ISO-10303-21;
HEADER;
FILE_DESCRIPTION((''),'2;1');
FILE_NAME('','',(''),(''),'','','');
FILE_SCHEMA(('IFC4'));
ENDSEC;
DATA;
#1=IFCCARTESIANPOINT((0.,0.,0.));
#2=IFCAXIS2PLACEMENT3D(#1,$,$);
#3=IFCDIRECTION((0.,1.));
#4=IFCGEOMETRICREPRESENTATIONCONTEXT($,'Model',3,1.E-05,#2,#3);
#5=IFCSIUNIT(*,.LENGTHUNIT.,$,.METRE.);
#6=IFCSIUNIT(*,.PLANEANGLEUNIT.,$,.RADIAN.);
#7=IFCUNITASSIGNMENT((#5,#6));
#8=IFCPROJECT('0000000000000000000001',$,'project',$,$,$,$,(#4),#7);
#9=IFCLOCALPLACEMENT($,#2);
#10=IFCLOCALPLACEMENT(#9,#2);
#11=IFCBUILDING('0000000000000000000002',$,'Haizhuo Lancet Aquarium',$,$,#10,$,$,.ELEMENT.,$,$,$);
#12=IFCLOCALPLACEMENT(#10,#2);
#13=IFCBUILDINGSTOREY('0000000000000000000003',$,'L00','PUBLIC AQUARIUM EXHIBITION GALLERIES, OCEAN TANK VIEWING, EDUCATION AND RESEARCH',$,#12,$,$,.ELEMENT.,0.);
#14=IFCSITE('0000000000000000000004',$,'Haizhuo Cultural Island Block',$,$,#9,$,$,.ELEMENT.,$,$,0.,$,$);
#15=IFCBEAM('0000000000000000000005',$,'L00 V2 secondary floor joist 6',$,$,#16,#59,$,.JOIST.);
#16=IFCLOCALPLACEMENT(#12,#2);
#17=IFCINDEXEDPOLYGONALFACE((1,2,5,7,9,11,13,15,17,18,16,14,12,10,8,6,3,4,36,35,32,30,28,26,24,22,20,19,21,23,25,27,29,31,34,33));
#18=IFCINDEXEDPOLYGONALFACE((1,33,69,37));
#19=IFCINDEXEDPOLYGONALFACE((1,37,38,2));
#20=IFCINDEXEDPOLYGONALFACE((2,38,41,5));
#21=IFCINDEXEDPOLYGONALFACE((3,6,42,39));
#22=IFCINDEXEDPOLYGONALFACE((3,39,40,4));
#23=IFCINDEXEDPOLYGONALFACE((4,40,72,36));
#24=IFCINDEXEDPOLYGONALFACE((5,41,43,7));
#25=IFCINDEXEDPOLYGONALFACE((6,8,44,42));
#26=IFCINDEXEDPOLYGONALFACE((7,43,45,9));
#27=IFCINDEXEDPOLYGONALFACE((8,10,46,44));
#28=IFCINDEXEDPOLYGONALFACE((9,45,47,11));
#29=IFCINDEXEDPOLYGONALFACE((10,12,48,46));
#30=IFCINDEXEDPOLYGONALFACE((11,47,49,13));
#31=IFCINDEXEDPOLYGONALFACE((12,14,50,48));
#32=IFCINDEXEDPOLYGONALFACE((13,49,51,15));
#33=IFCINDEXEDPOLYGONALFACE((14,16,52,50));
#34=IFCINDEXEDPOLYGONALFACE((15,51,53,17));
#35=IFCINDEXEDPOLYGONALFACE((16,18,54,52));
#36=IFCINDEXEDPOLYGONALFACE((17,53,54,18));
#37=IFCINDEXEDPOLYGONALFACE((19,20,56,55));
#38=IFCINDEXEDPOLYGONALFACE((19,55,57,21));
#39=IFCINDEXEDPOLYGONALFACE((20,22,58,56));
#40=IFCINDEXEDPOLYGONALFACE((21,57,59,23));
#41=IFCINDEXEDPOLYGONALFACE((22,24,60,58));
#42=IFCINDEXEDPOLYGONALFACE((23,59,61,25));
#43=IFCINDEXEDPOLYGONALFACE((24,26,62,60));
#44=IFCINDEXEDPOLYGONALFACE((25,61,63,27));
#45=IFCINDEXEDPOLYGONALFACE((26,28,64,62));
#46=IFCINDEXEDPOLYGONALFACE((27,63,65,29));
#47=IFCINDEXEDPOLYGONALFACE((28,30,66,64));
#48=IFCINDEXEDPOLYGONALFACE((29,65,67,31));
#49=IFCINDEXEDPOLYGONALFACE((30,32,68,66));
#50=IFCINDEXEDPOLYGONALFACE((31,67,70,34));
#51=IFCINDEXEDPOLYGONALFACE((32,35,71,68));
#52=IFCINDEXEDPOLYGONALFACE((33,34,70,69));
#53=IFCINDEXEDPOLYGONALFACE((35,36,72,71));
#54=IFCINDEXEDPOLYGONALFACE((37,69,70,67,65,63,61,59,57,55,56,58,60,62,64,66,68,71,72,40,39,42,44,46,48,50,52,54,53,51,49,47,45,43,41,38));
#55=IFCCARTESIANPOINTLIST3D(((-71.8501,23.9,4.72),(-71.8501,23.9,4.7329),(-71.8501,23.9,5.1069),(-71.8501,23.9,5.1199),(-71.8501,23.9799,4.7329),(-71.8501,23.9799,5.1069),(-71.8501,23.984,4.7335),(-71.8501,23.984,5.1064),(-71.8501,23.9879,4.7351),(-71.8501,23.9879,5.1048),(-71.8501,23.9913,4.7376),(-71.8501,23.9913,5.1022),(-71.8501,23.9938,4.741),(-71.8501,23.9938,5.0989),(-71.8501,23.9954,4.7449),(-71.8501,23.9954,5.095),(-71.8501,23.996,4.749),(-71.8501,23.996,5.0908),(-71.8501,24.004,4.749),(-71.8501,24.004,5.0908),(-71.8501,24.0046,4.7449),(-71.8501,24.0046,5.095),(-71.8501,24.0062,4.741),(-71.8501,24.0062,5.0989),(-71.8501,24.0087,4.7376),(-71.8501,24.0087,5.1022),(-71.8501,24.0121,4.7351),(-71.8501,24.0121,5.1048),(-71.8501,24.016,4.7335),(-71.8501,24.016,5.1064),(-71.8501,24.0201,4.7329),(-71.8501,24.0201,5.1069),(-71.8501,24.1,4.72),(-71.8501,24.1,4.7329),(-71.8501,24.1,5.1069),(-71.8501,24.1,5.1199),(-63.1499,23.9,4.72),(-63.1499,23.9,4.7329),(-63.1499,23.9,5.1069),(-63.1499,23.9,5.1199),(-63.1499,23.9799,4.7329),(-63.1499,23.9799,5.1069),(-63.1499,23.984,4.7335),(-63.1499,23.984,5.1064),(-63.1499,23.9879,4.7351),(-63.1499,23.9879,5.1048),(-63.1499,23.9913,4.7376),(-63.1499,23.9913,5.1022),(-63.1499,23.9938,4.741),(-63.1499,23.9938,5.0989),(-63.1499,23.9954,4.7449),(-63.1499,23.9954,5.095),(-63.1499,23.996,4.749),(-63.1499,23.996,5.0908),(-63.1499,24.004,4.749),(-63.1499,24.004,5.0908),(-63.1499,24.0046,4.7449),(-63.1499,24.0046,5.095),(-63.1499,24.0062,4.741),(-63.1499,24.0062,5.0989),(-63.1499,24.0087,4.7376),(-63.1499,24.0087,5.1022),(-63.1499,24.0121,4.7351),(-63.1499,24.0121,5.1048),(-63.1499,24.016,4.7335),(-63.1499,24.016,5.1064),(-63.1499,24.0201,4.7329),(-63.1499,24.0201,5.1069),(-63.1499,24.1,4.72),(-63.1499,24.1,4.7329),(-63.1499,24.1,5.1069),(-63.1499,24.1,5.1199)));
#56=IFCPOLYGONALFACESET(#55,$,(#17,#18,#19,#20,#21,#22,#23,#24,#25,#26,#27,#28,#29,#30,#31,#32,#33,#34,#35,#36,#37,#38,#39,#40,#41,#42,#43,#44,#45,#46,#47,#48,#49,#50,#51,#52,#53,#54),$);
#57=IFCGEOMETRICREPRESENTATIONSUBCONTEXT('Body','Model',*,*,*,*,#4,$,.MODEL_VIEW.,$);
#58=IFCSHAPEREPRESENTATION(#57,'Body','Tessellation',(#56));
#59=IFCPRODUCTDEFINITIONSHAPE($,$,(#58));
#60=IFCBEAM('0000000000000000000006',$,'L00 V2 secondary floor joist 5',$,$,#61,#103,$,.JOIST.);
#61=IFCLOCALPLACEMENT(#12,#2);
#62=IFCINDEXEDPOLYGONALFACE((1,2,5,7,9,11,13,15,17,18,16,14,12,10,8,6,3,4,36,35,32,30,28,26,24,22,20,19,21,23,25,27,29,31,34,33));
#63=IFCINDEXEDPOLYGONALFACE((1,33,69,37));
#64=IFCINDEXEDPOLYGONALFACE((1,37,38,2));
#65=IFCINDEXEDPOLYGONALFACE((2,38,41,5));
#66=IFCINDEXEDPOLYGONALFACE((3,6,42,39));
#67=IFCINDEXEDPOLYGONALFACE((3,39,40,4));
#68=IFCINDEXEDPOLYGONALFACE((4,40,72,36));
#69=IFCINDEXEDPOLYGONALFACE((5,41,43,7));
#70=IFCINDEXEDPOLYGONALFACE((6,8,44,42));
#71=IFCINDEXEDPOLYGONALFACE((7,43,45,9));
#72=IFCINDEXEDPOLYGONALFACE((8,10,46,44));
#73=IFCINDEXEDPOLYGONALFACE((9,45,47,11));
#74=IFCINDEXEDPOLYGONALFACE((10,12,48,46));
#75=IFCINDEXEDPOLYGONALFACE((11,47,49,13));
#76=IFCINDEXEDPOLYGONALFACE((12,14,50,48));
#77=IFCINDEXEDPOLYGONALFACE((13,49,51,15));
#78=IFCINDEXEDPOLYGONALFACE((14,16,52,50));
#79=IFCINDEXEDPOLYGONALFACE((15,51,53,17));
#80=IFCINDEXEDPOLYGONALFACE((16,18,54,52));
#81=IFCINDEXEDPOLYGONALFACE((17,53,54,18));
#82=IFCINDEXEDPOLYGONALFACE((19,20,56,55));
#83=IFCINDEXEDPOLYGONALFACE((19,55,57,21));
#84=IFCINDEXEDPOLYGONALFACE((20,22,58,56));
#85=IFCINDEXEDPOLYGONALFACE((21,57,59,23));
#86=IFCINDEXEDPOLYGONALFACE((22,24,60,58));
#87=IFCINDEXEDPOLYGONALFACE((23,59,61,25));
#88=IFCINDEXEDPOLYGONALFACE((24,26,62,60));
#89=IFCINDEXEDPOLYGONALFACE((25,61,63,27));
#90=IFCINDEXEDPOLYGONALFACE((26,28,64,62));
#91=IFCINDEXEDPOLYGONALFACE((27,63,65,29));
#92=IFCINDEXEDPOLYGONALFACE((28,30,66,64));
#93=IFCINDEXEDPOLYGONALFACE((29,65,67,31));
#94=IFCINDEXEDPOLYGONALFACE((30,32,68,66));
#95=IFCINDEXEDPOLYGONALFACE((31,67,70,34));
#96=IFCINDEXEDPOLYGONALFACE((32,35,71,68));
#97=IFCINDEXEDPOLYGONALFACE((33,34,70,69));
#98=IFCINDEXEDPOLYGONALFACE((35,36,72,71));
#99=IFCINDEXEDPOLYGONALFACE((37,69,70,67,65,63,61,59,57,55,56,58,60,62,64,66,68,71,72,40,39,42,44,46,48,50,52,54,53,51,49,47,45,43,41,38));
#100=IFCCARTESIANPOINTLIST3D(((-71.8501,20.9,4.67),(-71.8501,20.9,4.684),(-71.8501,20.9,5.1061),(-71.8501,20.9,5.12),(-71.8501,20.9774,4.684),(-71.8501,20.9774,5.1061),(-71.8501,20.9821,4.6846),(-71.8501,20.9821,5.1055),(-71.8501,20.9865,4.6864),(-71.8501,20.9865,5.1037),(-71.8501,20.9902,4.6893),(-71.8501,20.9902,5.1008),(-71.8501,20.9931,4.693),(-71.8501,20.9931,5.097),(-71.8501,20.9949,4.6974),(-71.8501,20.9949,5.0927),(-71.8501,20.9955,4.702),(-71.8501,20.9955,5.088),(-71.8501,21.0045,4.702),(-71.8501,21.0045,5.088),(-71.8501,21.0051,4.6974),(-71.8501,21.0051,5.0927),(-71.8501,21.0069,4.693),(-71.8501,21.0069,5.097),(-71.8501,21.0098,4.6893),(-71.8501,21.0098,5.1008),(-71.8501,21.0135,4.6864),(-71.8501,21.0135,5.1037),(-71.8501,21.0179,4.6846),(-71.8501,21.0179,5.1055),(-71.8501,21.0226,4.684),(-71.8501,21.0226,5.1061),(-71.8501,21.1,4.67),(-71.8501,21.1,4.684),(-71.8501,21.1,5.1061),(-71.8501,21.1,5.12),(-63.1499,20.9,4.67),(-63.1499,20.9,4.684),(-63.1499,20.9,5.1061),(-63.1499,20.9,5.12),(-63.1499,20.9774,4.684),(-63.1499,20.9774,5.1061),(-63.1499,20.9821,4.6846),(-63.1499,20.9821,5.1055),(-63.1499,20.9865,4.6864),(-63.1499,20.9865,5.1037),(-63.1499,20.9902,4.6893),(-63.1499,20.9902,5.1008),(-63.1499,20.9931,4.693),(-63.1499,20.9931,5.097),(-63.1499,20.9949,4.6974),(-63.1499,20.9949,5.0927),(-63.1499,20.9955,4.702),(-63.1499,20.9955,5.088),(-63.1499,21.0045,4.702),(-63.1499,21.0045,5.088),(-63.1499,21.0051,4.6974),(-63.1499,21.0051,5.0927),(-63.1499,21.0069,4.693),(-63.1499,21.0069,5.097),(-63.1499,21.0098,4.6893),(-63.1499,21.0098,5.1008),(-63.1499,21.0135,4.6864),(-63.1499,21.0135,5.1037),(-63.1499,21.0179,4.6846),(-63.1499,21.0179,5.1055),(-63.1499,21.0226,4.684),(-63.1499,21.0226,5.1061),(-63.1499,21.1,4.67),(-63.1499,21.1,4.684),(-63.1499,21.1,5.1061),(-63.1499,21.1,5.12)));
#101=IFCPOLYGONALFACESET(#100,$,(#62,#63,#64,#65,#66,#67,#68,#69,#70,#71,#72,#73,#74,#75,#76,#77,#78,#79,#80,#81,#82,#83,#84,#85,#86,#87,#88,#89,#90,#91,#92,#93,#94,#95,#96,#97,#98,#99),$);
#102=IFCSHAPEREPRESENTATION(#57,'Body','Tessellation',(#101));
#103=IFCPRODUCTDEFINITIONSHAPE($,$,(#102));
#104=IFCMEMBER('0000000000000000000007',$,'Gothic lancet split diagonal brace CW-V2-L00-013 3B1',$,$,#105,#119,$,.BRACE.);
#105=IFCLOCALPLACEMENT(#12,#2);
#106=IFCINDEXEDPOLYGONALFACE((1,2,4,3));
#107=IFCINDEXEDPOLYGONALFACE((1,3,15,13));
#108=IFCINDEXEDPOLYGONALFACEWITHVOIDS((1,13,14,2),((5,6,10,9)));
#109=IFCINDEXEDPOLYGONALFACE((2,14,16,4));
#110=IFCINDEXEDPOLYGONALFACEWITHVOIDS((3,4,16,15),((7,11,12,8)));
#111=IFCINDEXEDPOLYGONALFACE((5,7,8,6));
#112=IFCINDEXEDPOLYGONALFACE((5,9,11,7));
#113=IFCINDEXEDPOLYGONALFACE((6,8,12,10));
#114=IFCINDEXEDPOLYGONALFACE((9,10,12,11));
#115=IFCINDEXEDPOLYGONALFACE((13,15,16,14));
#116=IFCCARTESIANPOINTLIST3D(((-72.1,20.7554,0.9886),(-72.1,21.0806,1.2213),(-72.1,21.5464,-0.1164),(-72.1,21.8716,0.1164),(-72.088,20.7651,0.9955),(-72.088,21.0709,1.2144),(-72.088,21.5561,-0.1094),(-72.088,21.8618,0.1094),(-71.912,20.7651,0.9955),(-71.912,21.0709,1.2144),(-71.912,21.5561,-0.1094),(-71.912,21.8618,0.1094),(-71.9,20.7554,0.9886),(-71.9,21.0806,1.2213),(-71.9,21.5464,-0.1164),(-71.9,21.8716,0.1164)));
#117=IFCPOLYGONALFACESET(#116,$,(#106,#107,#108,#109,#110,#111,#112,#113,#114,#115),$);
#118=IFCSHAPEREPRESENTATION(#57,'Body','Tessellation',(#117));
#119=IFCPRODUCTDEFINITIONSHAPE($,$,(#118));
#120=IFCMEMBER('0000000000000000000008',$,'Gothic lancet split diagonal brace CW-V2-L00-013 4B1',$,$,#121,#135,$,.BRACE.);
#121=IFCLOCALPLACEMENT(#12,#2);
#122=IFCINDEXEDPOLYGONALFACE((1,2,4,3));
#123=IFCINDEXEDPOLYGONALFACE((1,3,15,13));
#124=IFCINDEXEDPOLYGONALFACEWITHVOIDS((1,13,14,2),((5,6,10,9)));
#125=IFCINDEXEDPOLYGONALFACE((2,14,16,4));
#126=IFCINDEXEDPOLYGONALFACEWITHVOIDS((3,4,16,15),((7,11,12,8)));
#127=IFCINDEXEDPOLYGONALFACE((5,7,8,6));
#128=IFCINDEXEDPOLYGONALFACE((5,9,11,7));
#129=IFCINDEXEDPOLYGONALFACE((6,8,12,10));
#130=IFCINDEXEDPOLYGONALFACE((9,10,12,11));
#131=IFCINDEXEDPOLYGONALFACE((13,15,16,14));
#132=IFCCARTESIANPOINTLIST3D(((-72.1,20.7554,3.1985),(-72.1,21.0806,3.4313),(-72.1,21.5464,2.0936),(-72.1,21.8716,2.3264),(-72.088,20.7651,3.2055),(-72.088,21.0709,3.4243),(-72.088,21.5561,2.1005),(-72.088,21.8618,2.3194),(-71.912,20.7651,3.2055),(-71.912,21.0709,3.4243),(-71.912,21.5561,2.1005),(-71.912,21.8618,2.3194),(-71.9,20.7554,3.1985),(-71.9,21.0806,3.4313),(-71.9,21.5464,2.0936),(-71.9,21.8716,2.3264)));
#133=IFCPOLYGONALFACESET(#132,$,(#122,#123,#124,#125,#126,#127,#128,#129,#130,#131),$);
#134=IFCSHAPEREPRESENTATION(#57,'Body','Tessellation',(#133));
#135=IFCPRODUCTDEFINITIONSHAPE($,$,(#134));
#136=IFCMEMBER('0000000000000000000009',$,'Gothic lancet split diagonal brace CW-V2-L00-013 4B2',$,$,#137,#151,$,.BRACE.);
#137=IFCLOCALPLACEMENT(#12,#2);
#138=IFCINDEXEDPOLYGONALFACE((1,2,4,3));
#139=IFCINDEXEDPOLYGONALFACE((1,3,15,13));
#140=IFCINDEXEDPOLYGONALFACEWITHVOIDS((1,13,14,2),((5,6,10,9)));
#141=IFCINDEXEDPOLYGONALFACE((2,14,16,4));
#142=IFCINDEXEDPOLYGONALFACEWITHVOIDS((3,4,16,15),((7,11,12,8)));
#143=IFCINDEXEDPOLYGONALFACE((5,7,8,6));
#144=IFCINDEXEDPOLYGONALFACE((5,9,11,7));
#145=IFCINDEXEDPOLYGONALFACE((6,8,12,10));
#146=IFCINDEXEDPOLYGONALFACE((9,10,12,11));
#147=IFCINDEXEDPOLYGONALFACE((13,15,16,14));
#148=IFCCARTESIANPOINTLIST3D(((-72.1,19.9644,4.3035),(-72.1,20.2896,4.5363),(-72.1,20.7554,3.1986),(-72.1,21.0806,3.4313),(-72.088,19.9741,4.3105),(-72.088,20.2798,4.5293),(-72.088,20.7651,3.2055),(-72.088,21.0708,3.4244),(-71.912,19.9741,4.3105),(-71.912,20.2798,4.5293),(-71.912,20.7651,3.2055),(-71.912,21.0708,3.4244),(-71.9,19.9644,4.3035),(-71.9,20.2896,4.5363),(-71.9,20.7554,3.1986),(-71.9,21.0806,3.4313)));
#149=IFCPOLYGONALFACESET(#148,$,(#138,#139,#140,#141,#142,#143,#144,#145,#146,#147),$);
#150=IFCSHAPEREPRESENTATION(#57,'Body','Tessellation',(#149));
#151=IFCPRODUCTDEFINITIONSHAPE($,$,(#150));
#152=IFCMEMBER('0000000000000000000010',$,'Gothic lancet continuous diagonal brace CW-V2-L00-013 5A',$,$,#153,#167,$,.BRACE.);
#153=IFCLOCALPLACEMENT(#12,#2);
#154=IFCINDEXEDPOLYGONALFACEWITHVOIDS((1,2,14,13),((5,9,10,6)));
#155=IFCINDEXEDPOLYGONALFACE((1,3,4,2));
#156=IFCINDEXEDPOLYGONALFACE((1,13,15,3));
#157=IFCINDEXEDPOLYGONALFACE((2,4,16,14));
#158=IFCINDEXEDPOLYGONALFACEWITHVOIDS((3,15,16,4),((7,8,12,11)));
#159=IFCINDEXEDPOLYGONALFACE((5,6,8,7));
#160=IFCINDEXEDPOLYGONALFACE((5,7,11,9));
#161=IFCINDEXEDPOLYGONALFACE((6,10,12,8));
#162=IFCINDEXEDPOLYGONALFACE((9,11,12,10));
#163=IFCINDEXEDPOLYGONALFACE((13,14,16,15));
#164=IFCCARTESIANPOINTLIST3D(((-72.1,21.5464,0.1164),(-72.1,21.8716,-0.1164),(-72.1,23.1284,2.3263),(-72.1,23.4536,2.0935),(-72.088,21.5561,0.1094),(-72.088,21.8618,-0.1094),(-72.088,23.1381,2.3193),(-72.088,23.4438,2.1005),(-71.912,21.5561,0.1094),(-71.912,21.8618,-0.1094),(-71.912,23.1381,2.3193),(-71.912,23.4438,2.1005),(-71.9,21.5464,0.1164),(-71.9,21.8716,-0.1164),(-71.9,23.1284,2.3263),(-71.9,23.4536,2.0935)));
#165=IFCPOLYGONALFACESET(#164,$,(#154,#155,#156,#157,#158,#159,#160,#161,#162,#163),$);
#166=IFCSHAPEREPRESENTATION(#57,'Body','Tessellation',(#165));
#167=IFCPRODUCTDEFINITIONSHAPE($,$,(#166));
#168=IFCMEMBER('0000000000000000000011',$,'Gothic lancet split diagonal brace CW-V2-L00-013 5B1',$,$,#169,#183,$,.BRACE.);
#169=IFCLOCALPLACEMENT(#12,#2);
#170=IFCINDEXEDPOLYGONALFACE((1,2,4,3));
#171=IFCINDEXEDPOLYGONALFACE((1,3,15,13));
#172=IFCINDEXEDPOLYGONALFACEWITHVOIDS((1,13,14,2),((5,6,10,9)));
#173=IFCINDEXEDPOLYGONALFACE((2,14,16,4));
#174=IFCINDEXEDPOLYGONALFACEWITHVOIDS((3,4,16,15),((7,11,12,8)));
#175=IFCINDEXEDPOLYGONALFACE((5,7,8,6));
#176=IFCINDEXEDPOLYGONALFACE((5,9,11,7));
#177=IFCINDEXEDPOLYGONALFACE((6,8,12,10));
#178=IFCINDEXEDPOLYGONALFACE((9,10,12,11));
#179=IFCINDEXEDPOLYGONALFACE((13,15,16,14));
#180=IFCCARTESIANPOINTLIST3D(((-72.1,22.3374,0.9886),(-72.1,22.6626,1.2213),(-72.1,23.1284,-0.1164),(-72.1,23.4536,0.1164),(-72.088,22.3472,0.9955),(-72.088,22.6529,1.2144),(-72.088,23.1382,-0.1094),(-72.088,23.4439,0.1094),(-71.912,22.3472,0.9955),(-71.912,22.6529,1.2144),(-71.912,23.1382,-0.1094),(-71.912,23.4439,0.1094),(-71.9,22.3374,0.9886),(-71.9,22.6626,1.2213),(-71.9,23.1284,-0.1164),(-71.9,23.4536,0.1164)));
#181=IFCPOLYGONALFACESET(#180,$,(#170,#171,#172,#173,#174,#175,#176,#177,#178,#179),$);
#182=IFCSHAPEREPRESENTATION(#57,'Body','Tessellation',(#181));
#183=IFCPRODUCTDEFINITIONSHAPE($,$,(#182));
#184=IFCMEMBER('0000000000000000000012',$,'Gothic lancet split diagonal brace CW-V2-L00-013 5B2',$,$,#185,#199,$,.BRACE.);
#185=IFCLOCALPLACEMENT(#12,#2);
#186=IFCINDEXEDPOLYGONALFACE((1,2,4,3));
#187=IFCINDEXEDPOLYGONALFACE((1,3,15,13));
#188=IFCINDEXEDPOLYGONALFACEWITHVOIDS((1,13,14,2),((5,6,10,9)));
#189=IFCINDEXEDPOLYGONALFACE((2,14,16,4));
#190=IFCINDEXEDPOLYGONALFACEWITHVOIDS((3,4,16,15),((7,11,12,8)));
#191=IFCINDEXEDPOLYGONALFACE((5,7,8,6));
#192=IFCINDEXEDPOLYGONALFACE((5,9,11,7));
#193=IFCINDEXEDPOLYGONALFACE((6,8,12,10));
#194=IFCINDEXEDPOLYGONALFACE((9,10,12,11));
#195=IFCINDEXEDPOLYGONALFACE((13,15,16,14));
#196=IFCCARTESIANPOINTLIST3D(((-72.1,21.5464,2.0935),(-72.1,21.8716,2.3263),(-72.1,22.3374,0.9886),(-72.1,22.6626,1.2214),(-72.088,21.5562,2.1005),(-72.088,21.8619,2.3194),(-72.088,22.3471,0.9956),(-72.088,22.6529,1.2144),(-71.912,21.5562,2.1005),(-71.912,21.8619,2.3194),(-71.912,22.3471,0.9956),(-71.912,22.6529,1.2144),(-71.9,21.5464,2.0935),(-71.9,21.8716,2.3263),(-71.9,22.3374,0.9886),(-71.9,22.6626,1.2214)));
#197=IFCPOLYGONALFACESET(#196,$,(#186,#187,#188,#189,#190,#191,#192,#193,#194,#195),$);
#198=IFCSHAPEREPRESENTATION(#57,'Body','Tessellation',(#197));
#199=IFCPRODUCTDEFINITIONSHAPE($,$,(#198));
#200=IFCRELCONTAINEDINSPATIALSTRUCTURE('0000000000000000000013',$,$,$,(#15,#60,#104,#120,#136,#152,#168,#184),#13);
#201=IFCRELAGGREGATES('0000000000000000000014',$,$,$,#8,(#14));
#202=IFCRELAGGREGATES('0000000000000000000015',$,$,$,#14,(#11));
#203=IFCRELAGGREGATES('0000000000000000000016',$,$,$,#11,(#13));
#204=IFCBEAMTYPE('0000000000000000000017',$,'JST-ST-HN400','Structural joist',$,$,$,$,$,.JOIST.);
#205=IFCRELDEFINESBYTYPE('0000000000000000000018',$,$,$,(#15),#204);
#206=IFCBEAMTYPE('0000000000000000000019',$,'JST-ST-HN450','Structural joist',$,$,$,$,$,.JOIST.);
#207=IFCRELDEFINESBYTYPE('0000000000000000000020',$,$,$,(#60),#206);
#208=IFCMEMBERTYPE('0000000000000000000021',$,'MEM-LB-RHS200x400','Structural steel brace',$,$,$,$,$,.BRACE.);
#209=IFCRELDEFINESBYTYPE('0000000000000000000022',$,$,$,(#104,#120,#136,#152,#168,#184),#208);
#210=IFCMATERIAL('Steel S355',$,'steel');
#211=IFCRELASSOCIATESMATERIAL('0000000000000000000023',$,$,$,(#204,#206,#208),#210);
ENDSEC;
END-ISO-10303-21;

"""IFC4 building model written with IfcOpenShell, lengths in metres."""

from ifc_helpers import new_model, si_unit, direction, frame, origin, origin_2d, place, context, subcontext, project, spatial, hollow_rectangle, i_section, extrude, material, material_profile, profile_set, type_object, element, save


model = new_model("IFC4")

# Units and contexts
model_context = context("Model", 3, precision=1e-05, world=origin(), true_north=direction((0.0, 1.0)))
body_context = subcontext(model_context, "Body", "Model", "MODEL_VIEW")
ifc_project = project(units=[si_unit("LENGTHUNIT", "METRE"), si_unit("PLANEANGLEUNIT", "RADIAN")], contexts=[model_context])

# Site, building, storey
site_placement = place(None, origin())
site = spatial("IfcSite", under=ifc_project, at=site_placement, Name="Haizhuo Cultural Island Block", CompositionType="ELEMENT", RefElevation=0.0)
building_placement = place(site_placement, origin())
building = spatial("IfcBuilding", under=site, at=building_placement, Name="Haizhuo Lancet Aquarium", CompositionType="ELEMENT")
storey_placement = place(building_placement, origin())
storey = spatial("IfcBuildingStorey", under=building, at=storey_placement, Name="L00", Description="PUBLIC AQUARIUM EXHIBITION GALLERIES, OCEAN TANK VIEWING, EDUCATION AND RESEARCH", CompositionType="ELEMENT", Elevation=0.0)

# Beams
ifc_material_1 = material(Name="Steel S355", Category="steel")
ifc_material_profile_1 = material_profile(ifc_material_1, i_section(OverallWidth=0.2, OverallDepth=0.3999, WebThickness=0.0081, FlangeThickness=0.0129, FilletRadius=0.0161, at=origin_2d()), Name="HN 400x200x8x13")
ifc_profile_set_1 = profile_set([ifc_material_profile_1], Name="Steel S355")
beam_type_1 = type_object("IfcBeamType", Name="JST-ST-HN400", Description="Structural joist", PredefinedType="JOIST", material=ifc_profile_set_1)
beam_1_placement = place(storey_placement, frame((-71.8501, 24.0, 4.9199), z_axis=(1.0, 0.0, 0.0), x_axis=(0.0, 1.0, 0.0)))
element("IfcBeam", 1, at=beam_1_placement, inside=storey, type_object=beam_type_1, Name="L00 V2 secondary floor joist 6", PredefinedType="JOIST", context=body_context, shape_type="SweptSolid", body=[
    extrude(i_section(OverallWidth=0.2, OverallDepth=0.3999, WebThickness=0.0081, FlangeThickness=0.0129, FilletRadius=0.0161, at=origin_2d()), origin(), (0.0, 0.0, 1.0), 8.7002),
])
ifc_material_profile_2 = material_profile(ifc_material_1, i_section(OverallWidth=0.2, OverallDepth=0.45, WebThickness=0.009, FlangeThickness=0.0139, FilletRadius=0.0181, at=origin_2d()), Name="HN 450x200x9x14")
ifc_profile_set_2 = profile_set([ifc_material_profile_2], Name="Steel S355")
beam_type_2 = type_object("IfcBeamType", Name="JST-ST-HN450", Description="Structural joist", PredefinedType="JOIST", material=ifc_profile_set_2)
beam_2_placement = place(storey_placement, frame((-71.8501, 21.0, 4.895), z_axis=(1.0, 0.0, 0.0), x_axis=(0.0, 1.0, 0.0)))
element("IfcBeam", 2, at=beam_2_placement, inside=storey, type_object=beam_type_2, Name="L00 V2 secondary floor joist 5", PredefinedType="JOIST", context=body_context, shape_type="SweptSolid", body=[
    extrude(i_section(OverallWidth=0.2, OverallDepth=0.45, WebThickness=0.009, FlangeThickness=0.0139, FilletRadius=0.0181, at=origin_2d()), origin(), (0.0, 0.0, 1.0), 8.7002),
])

# Members
ifc_material_profile_3 = material_profile(ifc_material_1, hollow_rectangle(XDim=0.2, YDim=0.3999, WallThickness=0.012, at=origin_2d()), Name="RHS 200x400x12")
ifc_profile_set_3 = profile_set([ifc_material_profile_3], Name="Steel S355")
member_type_1 = type_object("IfcMemberType", Name="MEM-LB-RHS200x400", Description="Structural steel brace", PredefinedType="BRACE", material=ifc_profile_set_3)
for number, where, z_axis, x_axis, name in (
    (3, (-72.0, 21.709, 0.0), (0.0, -0.582088, 0.813126), (1.0, 0.0, 0.0), "Gothic lancet split diagonal brace CW-V2-L00-013 3B1"),
    (4, (-72.0, 21.709, 2.21), (0.0, -0.582088, 0.813126), (1.0, 0.0, 0.0), "Gothic lancet split diagonal brace CW-V2-L00-013 4B1"),
    (5, (-72.0, 20.918, 3.3149), (0.0, -0.582088, 0.813126), (1.0, 0.0, 0.0), "Gothic lancet split diagonal brace CW-V2-L00-013 4B2"),
):
    element("IfcMember", number, at=place(storey_placement, frame(where, z_axis=z_axis, x_axis=x_axis)), inside=storey, type_object=member_type_1, Name=name, PredefinedType="BRACE", context=body_context, shape_type="SweptSolid", body=[
        extrude(hollow_rectangle(XDim=0.2, YDim=0.3999, WallThickness=0.012, at=origin_2d()), origin(), (0.0, 0.0, 1.0), 1.3589),
    ])
member_1_placement = place(storey_placement, frame((-72.0, 21.709, 0.0), z_axis=(0.0, 0.582088, 0.813126), x_axis=(-1.0, 0.0, 0.0)))
element("IfcMember", 6, at=member_1_placement, inside=storey, type_object=member_type_1, Name="Gothic lancet continuous diagonal brace CW-V2-L00-013 5A", PredefinedType="BRACE", context=body_context, shape_type="SweptSolid", body=[
    extrude(hollow_rectangle(XDim=0.2, YDim=0.3999, WallThickness=0.012, at=origin_2d()), origin(), (0.0, 0.0, 1.0), 2.7178),
])
for number, where, z_axis, x_axis, name in (
    (7, (-72.0, 23.291, 0.0), (0.0, -0.582088, 0.813126), (1.0, 0.0, 0.0), "Gothic lancet split diagonal brace CW-V2-L00-013 5B1"),
    (8, (-72.0, 22.5, 1.105), (0.0, -0.582088, 0.813126), (1.0, 0.0, 0.0), "Gothic lancet split diagonal brace CW-V2-L00-013 5B2"),
):
    element("IfcMember", number, at=place(storey_placement, frame(where, z_axis=z_axis, x_axis=x_axis)), inside=storey, type_object=member_type_1, Name=name, PredefinedType="BRACE", context=body_context, shape_type="SweptSolid", body=[
        extrude(hollow_rectangle(XDim=0.2, YDim=0.3999, WallThickness=0.012, at=origin_2d()), origin(), (0.0, 0.0, 1.0), 1.3589),
    ])

save(model, "model.ifc")
